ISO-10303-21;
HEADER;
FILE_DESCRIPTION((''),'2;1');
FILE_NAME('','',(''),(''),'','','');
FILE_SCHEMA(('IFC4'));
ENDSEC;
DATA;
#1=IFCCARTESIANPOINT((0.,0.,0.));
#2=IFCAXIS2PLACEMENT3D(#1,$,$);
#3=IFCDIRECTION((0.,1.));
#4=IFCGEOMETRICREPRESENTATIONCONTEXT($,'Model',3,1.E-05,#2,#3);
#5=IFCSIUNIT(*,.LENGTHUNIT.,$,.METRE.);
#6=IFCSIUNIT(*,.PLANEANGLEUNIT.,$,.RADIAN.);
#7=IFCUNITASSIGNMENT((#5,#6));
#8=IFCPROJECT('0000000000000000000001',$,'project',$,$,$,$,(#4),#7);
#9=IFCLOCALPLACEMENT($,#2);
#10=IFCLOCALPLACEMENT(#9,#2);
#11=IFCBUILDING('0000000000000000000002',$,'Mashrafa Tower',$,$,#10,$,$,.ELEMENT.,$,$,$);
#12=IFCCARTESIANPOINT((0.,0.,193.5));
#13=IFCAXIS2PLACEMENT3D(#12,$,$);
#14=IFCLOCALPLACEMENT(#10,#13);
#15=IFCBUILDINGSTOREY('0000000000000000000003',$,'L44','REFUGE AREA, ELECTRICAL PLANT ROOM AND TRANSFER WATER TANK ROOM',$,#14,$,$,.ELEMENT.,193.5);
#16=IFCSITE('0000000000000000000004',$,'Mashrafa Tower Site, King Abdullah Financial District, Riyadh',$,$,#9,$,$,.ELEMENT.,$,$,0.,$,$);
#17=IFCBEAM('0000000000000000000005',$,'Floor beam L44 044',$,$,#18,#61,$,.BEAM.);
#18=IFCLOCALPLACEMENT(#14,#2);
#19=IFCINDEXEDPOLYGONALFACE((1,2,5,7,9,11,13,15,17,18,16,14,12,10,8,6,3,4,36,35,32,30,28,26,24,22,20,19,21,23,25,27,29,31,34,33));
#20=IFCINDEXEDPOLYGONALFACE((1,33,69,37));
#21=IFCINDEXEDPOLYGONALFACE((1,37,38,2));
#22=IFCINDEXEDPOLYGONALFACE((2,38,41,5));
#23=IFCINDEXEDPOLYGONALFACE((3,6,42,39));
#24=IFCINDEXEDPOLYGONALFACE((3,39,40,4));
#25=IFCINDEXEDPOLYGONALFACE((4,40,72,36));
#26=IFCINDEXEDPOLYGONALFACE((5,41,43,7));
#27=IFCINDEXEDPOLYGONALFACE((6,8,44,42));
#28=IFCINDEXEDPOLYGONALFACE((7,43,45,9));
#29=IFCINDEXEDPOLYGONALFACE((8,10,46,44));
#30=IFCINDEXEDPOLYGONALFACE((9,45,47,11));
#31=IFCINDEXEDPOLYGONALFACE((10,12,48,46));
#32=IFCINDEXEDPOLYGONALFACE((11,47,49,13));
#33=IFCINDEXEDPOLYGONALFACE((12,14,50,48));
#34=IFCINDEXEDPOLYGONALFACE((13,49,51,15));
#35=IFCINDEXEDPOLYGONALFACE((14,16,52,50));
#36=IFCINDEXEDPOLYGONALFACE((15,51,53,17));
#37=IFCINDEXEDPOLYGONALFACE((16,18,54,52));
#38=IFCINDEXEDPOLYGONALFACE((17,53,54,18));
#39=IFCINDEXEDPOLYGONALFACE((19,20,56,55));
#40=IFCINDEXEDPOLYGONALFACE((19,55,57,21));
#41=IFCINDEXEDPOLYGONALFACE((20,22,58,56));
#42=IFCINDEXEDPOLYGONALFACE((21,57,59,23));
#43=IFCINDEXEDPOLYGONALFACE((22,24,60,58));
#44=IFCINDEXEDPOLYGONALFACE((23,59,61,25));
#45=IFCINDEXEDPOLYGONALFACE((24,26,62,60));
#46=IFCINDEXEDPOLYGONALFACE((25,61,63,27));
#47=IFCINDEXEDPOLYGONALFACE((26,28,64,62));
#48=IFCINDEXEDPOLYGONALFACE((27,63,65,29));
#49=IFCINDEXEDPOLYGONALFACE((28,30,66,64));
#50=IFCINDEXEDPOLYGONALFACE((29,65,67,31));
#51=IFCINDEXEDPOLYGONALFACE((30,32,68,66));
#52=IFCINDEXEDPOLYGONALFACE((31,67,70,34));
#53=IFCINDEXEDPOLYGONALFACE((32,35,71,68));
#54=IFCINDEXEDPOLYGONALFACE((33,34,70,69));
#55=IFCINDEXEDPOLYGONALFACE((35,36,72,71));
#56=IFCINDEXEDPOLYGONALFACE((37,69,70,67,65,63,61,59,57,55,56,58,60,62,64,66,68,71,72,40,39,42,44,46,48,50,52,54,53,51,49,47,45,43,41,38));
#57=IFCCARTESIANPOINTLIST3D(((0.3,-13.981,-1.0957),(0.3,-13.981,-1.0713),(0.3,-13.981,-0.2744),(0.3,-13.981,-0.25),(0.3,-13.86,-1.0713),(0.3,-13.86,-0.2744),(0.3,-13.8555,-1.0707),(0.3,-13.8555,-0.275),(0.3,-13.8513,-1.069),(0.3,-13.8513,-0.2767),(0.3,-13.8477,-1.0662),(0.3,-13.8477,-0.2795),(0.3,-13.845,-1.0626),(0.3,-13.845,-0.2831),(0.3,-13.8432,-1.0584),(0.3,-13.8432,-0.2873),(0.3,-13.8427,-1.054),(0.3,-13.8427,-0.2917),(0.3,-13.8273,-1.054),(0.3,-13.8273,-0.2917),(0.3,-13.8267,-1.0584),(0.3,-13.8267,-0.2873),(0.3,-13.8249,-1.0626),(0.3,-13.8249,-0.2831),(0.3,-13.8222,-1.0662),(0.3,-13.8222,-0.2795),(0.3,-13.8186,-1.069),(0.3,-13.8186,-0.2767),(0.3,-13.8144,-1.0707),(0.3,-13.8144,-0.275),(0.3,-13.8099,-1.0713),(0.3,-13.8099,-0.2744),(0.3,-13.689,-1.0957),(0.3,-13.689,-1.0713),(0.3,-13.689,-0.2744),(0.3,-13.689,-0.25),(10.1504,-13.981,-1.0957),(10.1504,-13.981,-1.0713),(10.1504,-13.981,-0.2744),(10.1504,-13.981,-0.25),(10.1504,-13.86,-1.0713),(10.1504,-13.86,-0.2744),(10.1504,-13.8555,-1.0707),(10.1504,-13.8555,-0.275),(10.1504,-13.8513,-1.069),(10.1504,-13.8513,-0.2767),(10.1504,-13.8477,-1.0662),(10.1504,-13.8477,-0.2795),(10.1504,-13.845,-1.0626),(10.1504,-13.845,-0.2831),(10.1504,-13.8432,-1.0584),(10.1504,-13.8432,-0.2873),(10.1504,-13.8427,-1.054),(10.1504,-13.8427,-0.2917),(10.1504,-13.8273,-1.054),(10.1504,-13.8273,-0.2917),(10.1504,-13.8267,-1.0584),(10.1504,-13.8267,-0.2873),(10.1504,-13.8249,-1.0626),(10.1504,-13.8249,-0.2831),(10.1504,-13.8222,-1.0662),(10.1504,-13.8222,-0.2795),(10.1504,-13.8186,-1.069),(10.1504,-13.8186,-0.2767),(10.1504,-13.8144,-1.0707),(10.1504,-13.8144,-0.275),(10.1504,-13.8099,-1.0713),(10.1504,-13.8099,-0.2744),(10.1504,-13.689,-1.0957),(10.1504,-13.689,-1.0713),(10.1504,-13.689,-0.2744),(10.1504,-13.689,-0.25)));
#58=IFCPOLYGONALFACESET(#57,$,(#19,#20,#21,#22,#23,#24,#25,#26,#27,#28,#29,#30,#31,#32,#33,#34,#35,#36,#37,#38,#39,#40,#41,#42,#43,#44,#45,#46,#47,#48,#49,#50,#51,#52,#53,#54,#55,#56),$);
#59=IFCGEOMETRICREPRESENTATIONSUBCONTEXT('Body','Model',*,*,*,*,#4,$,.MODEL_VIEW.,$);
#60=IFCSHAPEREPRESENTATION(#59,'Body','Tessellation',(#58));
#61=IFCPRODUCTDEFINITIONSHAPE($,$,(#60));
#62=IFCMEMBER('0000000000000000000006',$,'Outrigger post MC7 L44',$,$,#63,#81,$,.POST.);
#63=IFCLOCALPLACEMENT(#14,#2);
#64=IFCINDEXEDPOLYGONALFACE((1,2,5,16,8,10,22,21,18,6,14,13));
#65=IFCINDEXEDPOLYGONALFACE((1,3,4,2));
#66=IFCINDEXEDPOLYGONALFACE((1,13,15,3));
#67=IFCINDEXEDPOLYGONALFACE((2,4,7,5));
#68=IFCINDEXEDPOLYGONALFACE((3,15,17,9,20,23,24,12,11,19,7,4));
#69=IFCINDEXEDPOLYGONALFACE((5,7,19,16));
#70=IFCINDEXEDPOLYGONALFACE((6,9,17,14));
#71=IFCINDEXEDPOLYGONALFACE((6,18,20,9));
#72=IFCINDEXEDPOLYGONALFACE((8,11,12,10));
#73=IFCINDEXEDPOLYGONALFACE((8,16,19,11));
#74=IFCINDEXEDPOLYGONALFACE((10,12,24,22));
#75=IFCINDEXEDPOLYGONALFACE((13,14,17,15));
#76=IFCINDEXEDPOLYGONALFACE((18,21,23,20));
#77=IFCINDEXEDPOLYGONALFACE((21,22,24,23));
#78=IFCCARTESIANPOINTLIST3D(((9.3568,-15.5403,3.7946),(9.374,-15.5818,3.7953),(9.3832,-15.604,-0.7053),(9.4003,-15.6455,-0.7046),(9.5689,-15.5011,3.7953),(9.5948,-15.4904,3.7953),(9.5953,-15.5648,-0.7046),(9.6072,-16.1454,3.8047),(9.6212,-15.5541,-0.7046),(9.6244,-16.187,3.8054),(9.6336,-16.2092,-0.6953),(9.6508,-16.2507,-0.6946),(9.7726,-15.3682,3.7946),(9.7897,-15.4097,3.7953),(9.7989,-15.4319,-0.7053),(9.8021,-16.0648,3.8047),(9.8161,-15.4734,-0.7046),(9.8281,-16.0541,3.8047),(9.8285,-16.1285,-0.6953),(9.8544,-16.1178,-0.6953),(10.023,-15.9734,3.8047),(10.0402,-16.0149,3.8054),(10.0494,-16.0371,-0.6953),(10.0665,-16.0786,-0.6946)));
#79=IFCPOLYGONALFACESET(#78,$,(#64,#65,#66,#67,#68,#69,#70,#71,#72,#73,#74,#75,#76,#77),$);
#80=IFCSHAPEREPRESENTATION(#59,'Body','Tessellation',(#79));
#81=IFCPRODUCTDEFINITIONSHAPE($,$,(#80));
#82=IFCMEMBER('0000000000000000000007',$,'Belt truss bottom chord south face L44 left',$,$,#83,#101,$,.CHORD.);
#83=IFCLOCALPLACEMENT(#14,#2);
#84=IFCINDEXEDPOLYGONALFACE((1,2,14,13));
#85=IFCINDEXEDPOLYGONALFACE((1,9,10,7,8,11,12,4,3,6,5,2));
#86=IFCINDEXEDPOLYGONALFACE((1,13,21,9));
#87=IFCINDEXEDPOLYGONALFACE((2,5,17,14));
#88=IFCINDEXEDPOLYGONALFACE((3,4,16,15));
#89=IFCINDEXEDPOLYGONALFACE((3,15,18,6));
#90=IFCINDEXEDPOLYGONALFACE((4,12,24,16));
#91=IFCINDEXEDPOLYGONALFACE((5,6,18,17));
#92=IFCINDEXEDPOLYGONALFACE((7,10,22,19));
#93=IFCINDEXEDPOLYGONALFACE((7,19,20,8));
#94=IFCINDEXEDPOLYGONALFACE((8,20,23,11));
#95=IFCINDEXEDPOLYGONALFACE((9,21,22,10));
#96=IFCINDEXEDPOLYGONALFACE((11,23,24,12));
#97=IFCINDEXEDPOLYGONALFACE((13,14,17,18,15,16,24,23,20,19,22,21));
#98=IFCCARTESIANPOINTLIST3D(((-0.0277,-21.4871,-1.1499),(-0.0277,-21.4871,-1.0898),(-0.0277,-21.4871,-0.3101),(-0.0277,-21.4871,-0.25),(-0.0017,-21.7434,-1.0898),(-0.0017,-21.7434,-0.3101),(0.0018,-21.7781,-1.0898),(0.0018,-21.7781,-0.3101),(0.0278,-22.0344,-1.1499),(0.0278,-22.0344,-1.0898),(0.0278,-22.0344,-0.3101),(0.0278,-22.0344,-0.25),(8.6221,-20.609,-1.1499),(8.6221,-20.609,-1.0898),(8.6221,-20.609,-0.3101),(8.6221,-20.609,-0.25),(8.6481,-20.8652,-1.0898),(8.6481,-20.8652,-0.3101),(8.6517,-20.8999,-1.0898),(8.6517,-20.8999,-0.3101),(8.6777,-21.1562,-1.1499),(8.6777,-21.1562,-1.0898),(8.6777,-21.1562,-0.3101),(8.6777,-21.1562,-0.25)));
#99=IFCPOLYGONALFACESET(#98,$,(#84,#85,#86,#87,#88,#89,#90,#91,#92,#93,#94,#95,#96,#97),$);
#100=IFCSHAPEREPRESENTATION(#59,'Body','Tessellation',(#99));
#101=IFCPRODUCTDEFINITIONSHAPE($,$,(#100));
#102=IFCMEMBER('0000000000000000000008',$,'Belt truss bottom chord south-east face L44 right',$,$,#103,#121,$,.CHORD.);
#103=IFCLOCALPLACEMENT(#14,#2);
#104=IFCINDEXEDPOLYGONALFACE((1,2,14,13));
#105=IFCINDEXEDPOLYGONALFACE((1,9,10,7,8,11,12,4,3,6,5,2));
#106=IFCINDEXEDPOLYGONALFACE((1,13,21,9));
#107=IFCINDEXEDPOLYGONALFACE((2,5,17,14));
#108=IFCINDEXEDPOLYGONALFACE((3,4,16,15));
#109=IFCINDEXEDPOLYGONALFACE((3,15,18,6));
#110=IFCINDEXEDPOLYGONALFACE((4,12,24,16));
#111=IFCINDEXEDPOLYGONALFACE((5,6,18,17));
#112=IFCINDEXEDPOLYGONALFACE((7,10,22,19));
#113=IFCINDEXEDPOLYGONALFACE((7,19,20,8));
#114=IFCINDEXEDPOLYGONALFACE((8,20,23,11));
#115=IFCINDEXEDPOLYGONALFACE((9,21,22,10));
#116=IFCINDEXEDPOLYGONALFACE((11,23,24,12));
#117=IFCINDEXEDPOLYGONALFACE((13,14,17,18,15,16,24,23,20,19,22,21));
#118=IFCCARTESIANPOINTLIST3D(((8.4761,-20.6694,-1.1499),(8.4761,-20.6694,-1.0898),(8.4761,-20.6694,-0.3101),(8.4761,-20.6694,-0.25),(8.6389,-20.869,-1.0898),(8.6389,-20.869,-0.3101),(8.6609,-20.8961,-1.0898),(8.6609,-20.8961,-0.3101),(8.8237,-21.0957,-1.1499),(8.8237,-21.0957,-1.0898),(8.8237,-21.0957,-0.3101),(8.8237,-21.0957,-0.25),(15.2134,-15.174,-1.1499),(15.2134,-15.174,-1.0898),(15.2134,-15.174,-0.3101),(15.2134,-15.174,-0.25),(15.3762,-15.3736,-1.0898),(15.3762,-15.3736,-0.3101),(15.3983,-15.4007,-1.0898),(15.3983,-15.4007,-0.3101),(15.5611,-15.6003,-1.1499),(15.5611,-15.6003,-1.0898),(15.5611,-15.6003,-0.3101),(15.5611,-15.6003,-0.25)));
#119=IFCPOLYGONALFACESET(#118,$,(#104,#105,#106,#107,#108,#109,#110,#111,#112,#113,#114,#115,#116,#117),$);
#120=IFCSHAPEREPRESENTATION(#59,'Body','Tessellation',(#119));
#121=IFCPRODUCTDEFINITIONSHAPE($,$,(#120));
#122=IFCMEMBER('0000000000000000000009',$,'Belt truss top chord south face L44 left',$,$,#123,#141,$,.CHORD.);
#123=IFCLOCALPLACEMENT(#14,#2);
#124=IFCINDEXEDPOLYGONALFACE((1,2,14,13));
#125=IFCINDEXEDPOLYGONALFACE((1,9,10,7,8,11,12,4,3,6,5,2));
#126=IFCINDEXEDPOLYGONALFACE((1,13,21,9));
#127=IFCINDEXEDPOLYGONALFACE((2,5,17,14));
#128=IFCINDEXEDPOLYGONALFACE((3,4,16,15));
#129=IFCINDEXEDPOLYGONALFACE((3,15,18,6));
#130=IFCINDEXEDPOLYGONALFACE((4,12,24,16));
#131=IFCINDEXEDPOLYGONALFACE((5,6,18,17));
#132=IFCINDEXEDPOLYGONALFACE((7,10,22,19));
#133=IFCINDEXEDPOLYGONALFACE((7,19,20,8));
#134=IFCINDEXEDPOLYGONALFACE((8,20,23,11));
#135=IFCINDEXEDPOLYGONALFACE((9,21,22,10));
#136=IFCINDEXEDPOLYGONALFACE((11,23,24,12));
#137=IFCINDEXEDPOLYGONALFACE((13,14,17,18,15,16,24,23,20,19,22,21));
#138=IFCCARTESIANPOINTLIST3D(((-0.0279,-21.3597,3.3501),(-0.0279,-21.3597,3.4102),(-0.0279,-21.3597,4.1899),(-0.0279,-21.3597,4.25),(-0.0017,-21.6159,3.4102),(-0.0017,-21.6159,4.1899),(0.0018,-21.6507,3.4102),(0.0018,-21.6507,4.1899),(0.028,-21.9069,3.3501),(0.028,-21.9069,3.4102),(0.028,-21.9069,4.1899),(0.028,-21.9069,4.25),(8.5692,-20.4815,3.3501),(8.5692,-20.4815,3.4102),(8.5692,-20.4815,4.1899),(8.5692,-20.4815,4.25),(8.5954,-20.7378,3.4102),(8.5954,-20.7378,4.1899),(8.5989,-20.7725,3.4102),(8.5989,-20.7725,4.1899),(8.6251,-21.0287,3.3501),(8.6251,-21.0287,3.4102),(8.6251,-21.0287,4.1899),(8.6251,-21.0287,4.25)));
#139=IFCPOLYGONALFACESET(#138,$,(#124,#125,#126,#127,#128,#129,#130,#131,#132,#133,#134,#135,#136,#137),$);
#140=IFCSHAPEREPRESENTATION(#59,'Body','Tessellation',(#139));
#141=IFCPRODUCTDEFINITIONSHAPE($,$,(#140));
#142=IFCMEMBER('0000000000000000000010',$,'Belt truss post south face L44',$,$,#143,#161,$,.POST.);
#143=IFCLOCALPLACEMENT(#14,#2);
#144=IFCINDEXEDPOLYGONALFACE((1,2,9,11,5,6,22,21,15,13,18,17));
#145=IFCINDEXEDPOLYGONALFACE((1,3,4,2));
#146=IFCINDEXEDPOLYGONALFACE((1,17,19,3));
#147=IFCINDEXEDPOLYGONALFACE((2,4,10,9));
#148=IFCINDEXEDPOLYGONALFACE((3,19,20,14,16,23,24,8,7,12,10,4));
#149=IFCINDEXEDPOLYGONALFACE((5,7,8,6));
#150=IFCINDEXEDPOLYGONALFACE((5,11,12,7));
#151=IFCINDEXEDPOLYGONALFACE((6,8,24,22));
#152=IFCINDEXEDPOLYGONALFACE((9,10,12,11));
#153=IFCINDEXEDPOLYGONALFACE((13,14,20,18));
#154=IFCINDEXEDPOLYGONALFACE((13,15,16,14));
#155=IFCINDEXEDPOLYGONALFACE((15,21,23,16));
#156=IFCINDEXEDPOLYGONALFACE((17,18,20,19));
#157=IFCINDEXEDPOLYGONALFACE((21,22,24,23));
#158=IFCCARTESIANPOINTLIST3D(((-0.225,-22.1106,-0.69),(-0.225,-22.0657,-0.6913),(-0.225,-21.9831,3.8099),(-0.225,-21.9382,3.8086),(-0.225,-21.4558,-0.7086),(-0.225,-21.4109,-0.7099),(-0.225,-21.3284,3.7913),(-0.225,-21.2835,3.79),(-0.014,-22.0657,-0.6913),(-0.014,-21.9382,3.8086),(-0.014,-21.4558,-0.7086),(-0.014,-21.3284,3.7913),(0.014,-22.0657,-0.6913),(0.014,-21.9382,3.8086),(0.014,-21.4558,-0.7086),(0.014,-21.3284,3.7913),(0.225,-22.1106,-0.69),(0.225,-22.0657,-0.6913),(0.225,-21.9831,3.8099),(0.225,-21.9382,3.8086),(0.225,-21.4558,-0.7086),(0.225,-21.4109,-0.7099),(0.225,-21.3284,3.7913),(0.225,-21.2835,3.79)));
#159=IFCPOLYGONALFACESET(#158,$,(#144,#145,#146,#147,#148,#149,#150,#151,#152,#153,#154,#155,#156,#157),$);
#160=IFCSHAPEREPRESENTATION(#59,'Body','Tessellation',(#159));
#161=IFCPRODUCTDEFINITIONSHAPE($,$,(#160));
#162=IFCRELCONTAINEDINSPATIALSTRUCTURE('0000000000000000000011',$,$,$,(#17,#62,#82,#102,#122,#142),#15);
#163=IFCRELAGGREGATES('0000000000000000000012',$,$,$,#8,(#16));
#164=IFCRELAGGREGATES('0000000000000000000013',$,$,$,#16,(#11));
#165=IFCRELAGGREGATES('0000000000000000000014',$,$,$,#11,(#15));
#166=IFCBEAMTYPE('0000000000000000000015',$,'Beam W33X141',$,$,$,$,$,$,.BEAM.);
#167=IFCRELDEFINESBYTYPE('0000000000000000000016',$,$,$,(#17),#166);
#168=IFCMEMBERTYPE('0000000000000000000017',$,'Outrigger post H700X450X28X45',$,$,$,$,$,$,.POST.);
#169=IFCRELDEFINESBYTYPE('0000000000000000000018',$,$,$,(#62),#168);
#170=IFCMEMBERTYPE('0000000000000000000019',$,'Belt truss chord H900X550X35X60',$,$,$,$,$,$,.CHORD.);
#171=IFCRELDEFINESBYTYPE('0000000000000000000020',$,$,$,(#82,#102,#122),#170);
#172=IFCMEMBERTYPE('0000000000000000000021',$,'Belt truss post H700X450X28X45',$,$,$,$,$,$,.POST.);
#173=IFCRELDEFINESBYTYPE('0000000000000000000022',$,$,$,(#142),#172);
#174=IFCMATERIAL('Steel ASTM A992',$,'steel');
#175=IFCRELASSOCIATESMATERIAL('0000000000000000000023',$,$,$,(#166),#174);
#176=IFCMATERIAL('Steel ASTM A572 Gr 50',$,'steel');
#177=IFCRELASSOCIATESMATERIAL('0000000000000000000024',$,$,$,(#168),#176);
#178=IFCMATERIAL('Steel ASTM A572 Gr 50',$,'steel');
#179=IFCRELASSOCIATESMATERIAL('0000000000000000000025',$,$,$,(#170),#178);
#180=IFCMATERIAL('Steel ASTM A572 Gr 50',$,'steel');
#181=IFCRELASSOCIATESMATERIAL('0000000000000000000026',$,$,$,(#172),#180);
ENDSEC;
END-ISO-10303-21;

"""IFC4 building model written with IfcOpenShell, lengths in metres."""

from ifc_helpers import new_model, si_unit, direction, frame, origin, origin_2d, place, context, subcontext, project, spatial, i_section, extrude, source, transform, mapped, material, material_profile, profile_set, type_object, type_shapes, element, save


model = new_model("IFC4")

# Units and contexts
model_context = context("Model", 3, precision=1e-05, world=origin(), true_north=direction((0.0, 1.0)))
body_context = subcontext(model_context, "Body", "Model", "MODEL_VIEW")
ifc_project = project(units=[si_unit("LENGTHUNIT", "METRE"), si_unit("PLANEANGLEUNIT", "RADIAN")], contexts=[model_context])

# Site, building, storey
site_placement = place(None, origin())
site = spatial("IfcSite", under=ifc_project, at=site_placement, Name="Mashrafa Tower Site, King Abdullah Financial District, Riyadh", CompositionType="ELEMENT", RefElevation=0.0)
building_placement = place(site_placement, origin())
building = spatial("IfcBuilding", under=site, at=building_placement, Name="Mashrafa Tower", CompositionType="ELEMENT")
storey_placement = place(building_placement, frame((0.0, 0.0, 193.5)))
storey = spatial("IfcBuildingStorey", under=building, at=storey_placement, Name="L44", Description="REFUGE AREA, ELECTRICAL PLANT ROOM AND TRANSFER WATER TANK ROOM", CompositionType="ELEMENT", Elevation=193.5)

# Beam
ifc_material_1 = material(Name="Steel ASTM A992", Category="steel")
ifc_material_profile_1 = material_profile(ifc_material_1, i_section(OverallWidth=0.292, OverallDepth=0.8457, WebThickness=0.0154, FlangeThickness=0.0244, FilletRadius=0.0173, at=origin_2d()), Name="W33X141")
ifc_profile_set_1 = profile_set([ifc_material_profile_1], Name="Steel ASTM A992")
beam_type_1 = type_object("IfcBeamType", Name="Beam W33X141", PredefinedType="BEAM", material=ifc_profile_set_1)
beam_1_placement = place(storey_placement, frame((10.1504, -13.835, -0.6729), z_axis=(-1.0, 0.0, 0.0), x_axis=(0.0, -1.0, 0.0)))
element("IfcBeam", 1, at=beam_1_placement, inside=storey, type_object=beam_type_1, Name="Floor beam L44 044", PredefinedType="BEAM", context=body_context, shape_type="SweptSolid", body=[
    extrude(i_section(OverallWidth=0.292, OverallDepth=0.8457, WebThickness=0.0154, FlangeThickness=0.0244, FilletRadius=0.0173, at=origin_2d()), origin(), (0.0, 0.0, 1.0), 9.8503),
])

# Members
ifc_material_2 = material(Name="Steel ASTM A572 Gr 50", Category="steel")
ifc_material_profile_2 = material_profile(ifc_material_2, i_section(OverallWidth=0.45, OverallDepth=0.7, WebThickness=0.0281, FlangeThickness=0.0449, at=origin_2d()), Name="H700X450X28X45")
ifc_profile_set_2 = profile_set([ifc_material_profile_2], Name="Steel ASTM A572 Gr 50")
member_type_1 = type_object("IfcMemberType", Name="Outrigger post H700X450X28X45", PredefinedType="POST", material=ifc_profile_set_2)
shared_shape_1 = source(origin(), body_context, "Body", "SweptSolid", [
    extrude(i_section(OverallWidth=0.45, OverallDepth=0.7, WebThickness=0.0281, FlangeThickness=0.0449, at=origin_2d()), origin(), (0.0, 0.0, 1.0), 4.5005),
])
type_shapes(member_type_1, [shared_shape_1])
member_1_placement = place(storey_placement, frame((9.7249, -15.8413, -0.7), z_axis=(-0.005859, 0.014158, 0.999883), x_axis=(-0.924017, -0.382352, 0.0)))
element("IfcMember", 2, at=member_1_placement, inside=storey, type_object=member_type_1, Name="Outrigger post MC7 L44", PredefinedType="POST", context=body_context, shape_type="MappedRepresentation", body=[
    mapped(shared_shape_1, transform((0.0, 0.0, 0.0))),
])
ifc_material_3 = material(Name="Steel ASTM A572 Gr 50", Category="steel")
ifc_material_profile_3 = material_profile(ifc_material_3, i_section(OverallWidth=0.55, OverallDepth=0.8999, WebThickness=0.0349, FlangeThickness=0.0601, at=origin_2d()), Name="H900X550X35X60")
ifc_profile_set_3 = profile_set([ifc_material_profile_3], Name="Steel ASTM A572 Gr 50")
member_type_2 = type_object("IfcMemberType", Name="Belt truss chord H900X550X35X60", PredefinedType="CHORD", material=ifc_profile_set_3)
shared_shape_2 = source(origin(), body_context, "Body", "SweptSolid", [
    extrude(i_section(OverallWidth=0.55, OverallDepth=0.8999, WebThickness=0.0349, FlangeThickness=0.0601, at=origin_2d()), origin(), (0.0, 0.0, 1.0), 8.6943),
])
for number, where, z_axis, x_axis, name in (
    (3, (8.6499, -20.8826, -0.7), (-0.994886, -0.101005, 0.0), (0.101005, -0.994886, 0.0), "Belt truss bottom chord south face L44 left"),
    (4, (8.6499, -20.8826, -0.7), (0.774914, 0.632067, 0.0), (-0.632067, 0.774914, 0.0), "Belt truss bottom chord south-east face L44 right"),
):
    element("IfcMember", number, at=place(storey_placement, frame(where, z_axis=z_axis, x_axis=x_axis)), inside=storey, type_object=member_type_2, Name=name, PredefinedType="CHORD", context=body_context, shape_type="MappedRepresentation", body=[
        mapped(shared_shape_2, transform((0.0, 0.0, 0.0))),
    ])
shared_shape_3 = source(origin(), body_context, "Body", "SweptSolid", [
    extrude(i_section(OverallWidth=0.55, OverallDepth=0.8999, WebThickness=0.0349, FlangeThickness=0.0601, at=origin_2d()), origin(), (0.0, 0.0, 1.0), 8.6418),
])
member_2_placement = place(storey_placement, frame((8.5972, -20.7551, 3.8), z_axis=(-0.994823, -0.101618, 0.0), x_axis=(0.101618, -0.994823, 0.0)))
element("IfcMember", 5, at=member_2_placement, inside=storey, type_object=member_type_2, Name="Belt truss top chord south face L44 left", PredefinedType="CHORD", context=body_context, shape_type="MappedRepresentation", body=[
    mapped(shared_shape_3, transform((0.0, 0.0, 0.0))),
])
ifc_material_4 = material(Name="Steel ASTM A572 Gr 50", Category="steel")
ifc_material_profile_4 = material_profile(ifc_material_4, i_section(OverallWidth=0.45, OverallDepth=0.7, WebThickness=0.0281, FlangeThickness=0.0449, at=origin_2d()), Name="H700X450X28X45")
ifc_profile_set_4 = profile_set([ifc_material_profile_4], Name="Steel ASTM A572 Gr 50")
member_type_3 = type_object("IfcMemberType", Name="Belt truss post H700X450X28X45", PredefinedType="POST", material=ifc_profile_set_4)
shared_shape_4 = source(origin(), body_context, "Body", "SweptSolid", [
    extrude(i_section(OverallWidth=0.45, OverallDepth=0.7, WebThickness=0.0281, FlangeThickness=0.0449, at=origin_2d()), origin(), (0.0, 0.0, 1.0), 4.5017),
])
type_shapes(member_type_3, [shared_shape_4])
member_3_placement = place(storey_placement, frame((0.0, -21.7607, -0.7), z_axis=(0.0, 0.028309, 0.999599), x_axis=(-1.0, 0.0, 0.0)))
element("IfcMember", 6, at=member_3_placement, inside=storey, type_object=member_type_3, Name="Belt truss post south face L44", PredefinedType="POST", context=body_context, shape_type="MappedRepresentation", body=[
    mapped(shared_shape_4, transform((0.0, 0.0, 0.0))),
])

save(model, "model.ifc")
